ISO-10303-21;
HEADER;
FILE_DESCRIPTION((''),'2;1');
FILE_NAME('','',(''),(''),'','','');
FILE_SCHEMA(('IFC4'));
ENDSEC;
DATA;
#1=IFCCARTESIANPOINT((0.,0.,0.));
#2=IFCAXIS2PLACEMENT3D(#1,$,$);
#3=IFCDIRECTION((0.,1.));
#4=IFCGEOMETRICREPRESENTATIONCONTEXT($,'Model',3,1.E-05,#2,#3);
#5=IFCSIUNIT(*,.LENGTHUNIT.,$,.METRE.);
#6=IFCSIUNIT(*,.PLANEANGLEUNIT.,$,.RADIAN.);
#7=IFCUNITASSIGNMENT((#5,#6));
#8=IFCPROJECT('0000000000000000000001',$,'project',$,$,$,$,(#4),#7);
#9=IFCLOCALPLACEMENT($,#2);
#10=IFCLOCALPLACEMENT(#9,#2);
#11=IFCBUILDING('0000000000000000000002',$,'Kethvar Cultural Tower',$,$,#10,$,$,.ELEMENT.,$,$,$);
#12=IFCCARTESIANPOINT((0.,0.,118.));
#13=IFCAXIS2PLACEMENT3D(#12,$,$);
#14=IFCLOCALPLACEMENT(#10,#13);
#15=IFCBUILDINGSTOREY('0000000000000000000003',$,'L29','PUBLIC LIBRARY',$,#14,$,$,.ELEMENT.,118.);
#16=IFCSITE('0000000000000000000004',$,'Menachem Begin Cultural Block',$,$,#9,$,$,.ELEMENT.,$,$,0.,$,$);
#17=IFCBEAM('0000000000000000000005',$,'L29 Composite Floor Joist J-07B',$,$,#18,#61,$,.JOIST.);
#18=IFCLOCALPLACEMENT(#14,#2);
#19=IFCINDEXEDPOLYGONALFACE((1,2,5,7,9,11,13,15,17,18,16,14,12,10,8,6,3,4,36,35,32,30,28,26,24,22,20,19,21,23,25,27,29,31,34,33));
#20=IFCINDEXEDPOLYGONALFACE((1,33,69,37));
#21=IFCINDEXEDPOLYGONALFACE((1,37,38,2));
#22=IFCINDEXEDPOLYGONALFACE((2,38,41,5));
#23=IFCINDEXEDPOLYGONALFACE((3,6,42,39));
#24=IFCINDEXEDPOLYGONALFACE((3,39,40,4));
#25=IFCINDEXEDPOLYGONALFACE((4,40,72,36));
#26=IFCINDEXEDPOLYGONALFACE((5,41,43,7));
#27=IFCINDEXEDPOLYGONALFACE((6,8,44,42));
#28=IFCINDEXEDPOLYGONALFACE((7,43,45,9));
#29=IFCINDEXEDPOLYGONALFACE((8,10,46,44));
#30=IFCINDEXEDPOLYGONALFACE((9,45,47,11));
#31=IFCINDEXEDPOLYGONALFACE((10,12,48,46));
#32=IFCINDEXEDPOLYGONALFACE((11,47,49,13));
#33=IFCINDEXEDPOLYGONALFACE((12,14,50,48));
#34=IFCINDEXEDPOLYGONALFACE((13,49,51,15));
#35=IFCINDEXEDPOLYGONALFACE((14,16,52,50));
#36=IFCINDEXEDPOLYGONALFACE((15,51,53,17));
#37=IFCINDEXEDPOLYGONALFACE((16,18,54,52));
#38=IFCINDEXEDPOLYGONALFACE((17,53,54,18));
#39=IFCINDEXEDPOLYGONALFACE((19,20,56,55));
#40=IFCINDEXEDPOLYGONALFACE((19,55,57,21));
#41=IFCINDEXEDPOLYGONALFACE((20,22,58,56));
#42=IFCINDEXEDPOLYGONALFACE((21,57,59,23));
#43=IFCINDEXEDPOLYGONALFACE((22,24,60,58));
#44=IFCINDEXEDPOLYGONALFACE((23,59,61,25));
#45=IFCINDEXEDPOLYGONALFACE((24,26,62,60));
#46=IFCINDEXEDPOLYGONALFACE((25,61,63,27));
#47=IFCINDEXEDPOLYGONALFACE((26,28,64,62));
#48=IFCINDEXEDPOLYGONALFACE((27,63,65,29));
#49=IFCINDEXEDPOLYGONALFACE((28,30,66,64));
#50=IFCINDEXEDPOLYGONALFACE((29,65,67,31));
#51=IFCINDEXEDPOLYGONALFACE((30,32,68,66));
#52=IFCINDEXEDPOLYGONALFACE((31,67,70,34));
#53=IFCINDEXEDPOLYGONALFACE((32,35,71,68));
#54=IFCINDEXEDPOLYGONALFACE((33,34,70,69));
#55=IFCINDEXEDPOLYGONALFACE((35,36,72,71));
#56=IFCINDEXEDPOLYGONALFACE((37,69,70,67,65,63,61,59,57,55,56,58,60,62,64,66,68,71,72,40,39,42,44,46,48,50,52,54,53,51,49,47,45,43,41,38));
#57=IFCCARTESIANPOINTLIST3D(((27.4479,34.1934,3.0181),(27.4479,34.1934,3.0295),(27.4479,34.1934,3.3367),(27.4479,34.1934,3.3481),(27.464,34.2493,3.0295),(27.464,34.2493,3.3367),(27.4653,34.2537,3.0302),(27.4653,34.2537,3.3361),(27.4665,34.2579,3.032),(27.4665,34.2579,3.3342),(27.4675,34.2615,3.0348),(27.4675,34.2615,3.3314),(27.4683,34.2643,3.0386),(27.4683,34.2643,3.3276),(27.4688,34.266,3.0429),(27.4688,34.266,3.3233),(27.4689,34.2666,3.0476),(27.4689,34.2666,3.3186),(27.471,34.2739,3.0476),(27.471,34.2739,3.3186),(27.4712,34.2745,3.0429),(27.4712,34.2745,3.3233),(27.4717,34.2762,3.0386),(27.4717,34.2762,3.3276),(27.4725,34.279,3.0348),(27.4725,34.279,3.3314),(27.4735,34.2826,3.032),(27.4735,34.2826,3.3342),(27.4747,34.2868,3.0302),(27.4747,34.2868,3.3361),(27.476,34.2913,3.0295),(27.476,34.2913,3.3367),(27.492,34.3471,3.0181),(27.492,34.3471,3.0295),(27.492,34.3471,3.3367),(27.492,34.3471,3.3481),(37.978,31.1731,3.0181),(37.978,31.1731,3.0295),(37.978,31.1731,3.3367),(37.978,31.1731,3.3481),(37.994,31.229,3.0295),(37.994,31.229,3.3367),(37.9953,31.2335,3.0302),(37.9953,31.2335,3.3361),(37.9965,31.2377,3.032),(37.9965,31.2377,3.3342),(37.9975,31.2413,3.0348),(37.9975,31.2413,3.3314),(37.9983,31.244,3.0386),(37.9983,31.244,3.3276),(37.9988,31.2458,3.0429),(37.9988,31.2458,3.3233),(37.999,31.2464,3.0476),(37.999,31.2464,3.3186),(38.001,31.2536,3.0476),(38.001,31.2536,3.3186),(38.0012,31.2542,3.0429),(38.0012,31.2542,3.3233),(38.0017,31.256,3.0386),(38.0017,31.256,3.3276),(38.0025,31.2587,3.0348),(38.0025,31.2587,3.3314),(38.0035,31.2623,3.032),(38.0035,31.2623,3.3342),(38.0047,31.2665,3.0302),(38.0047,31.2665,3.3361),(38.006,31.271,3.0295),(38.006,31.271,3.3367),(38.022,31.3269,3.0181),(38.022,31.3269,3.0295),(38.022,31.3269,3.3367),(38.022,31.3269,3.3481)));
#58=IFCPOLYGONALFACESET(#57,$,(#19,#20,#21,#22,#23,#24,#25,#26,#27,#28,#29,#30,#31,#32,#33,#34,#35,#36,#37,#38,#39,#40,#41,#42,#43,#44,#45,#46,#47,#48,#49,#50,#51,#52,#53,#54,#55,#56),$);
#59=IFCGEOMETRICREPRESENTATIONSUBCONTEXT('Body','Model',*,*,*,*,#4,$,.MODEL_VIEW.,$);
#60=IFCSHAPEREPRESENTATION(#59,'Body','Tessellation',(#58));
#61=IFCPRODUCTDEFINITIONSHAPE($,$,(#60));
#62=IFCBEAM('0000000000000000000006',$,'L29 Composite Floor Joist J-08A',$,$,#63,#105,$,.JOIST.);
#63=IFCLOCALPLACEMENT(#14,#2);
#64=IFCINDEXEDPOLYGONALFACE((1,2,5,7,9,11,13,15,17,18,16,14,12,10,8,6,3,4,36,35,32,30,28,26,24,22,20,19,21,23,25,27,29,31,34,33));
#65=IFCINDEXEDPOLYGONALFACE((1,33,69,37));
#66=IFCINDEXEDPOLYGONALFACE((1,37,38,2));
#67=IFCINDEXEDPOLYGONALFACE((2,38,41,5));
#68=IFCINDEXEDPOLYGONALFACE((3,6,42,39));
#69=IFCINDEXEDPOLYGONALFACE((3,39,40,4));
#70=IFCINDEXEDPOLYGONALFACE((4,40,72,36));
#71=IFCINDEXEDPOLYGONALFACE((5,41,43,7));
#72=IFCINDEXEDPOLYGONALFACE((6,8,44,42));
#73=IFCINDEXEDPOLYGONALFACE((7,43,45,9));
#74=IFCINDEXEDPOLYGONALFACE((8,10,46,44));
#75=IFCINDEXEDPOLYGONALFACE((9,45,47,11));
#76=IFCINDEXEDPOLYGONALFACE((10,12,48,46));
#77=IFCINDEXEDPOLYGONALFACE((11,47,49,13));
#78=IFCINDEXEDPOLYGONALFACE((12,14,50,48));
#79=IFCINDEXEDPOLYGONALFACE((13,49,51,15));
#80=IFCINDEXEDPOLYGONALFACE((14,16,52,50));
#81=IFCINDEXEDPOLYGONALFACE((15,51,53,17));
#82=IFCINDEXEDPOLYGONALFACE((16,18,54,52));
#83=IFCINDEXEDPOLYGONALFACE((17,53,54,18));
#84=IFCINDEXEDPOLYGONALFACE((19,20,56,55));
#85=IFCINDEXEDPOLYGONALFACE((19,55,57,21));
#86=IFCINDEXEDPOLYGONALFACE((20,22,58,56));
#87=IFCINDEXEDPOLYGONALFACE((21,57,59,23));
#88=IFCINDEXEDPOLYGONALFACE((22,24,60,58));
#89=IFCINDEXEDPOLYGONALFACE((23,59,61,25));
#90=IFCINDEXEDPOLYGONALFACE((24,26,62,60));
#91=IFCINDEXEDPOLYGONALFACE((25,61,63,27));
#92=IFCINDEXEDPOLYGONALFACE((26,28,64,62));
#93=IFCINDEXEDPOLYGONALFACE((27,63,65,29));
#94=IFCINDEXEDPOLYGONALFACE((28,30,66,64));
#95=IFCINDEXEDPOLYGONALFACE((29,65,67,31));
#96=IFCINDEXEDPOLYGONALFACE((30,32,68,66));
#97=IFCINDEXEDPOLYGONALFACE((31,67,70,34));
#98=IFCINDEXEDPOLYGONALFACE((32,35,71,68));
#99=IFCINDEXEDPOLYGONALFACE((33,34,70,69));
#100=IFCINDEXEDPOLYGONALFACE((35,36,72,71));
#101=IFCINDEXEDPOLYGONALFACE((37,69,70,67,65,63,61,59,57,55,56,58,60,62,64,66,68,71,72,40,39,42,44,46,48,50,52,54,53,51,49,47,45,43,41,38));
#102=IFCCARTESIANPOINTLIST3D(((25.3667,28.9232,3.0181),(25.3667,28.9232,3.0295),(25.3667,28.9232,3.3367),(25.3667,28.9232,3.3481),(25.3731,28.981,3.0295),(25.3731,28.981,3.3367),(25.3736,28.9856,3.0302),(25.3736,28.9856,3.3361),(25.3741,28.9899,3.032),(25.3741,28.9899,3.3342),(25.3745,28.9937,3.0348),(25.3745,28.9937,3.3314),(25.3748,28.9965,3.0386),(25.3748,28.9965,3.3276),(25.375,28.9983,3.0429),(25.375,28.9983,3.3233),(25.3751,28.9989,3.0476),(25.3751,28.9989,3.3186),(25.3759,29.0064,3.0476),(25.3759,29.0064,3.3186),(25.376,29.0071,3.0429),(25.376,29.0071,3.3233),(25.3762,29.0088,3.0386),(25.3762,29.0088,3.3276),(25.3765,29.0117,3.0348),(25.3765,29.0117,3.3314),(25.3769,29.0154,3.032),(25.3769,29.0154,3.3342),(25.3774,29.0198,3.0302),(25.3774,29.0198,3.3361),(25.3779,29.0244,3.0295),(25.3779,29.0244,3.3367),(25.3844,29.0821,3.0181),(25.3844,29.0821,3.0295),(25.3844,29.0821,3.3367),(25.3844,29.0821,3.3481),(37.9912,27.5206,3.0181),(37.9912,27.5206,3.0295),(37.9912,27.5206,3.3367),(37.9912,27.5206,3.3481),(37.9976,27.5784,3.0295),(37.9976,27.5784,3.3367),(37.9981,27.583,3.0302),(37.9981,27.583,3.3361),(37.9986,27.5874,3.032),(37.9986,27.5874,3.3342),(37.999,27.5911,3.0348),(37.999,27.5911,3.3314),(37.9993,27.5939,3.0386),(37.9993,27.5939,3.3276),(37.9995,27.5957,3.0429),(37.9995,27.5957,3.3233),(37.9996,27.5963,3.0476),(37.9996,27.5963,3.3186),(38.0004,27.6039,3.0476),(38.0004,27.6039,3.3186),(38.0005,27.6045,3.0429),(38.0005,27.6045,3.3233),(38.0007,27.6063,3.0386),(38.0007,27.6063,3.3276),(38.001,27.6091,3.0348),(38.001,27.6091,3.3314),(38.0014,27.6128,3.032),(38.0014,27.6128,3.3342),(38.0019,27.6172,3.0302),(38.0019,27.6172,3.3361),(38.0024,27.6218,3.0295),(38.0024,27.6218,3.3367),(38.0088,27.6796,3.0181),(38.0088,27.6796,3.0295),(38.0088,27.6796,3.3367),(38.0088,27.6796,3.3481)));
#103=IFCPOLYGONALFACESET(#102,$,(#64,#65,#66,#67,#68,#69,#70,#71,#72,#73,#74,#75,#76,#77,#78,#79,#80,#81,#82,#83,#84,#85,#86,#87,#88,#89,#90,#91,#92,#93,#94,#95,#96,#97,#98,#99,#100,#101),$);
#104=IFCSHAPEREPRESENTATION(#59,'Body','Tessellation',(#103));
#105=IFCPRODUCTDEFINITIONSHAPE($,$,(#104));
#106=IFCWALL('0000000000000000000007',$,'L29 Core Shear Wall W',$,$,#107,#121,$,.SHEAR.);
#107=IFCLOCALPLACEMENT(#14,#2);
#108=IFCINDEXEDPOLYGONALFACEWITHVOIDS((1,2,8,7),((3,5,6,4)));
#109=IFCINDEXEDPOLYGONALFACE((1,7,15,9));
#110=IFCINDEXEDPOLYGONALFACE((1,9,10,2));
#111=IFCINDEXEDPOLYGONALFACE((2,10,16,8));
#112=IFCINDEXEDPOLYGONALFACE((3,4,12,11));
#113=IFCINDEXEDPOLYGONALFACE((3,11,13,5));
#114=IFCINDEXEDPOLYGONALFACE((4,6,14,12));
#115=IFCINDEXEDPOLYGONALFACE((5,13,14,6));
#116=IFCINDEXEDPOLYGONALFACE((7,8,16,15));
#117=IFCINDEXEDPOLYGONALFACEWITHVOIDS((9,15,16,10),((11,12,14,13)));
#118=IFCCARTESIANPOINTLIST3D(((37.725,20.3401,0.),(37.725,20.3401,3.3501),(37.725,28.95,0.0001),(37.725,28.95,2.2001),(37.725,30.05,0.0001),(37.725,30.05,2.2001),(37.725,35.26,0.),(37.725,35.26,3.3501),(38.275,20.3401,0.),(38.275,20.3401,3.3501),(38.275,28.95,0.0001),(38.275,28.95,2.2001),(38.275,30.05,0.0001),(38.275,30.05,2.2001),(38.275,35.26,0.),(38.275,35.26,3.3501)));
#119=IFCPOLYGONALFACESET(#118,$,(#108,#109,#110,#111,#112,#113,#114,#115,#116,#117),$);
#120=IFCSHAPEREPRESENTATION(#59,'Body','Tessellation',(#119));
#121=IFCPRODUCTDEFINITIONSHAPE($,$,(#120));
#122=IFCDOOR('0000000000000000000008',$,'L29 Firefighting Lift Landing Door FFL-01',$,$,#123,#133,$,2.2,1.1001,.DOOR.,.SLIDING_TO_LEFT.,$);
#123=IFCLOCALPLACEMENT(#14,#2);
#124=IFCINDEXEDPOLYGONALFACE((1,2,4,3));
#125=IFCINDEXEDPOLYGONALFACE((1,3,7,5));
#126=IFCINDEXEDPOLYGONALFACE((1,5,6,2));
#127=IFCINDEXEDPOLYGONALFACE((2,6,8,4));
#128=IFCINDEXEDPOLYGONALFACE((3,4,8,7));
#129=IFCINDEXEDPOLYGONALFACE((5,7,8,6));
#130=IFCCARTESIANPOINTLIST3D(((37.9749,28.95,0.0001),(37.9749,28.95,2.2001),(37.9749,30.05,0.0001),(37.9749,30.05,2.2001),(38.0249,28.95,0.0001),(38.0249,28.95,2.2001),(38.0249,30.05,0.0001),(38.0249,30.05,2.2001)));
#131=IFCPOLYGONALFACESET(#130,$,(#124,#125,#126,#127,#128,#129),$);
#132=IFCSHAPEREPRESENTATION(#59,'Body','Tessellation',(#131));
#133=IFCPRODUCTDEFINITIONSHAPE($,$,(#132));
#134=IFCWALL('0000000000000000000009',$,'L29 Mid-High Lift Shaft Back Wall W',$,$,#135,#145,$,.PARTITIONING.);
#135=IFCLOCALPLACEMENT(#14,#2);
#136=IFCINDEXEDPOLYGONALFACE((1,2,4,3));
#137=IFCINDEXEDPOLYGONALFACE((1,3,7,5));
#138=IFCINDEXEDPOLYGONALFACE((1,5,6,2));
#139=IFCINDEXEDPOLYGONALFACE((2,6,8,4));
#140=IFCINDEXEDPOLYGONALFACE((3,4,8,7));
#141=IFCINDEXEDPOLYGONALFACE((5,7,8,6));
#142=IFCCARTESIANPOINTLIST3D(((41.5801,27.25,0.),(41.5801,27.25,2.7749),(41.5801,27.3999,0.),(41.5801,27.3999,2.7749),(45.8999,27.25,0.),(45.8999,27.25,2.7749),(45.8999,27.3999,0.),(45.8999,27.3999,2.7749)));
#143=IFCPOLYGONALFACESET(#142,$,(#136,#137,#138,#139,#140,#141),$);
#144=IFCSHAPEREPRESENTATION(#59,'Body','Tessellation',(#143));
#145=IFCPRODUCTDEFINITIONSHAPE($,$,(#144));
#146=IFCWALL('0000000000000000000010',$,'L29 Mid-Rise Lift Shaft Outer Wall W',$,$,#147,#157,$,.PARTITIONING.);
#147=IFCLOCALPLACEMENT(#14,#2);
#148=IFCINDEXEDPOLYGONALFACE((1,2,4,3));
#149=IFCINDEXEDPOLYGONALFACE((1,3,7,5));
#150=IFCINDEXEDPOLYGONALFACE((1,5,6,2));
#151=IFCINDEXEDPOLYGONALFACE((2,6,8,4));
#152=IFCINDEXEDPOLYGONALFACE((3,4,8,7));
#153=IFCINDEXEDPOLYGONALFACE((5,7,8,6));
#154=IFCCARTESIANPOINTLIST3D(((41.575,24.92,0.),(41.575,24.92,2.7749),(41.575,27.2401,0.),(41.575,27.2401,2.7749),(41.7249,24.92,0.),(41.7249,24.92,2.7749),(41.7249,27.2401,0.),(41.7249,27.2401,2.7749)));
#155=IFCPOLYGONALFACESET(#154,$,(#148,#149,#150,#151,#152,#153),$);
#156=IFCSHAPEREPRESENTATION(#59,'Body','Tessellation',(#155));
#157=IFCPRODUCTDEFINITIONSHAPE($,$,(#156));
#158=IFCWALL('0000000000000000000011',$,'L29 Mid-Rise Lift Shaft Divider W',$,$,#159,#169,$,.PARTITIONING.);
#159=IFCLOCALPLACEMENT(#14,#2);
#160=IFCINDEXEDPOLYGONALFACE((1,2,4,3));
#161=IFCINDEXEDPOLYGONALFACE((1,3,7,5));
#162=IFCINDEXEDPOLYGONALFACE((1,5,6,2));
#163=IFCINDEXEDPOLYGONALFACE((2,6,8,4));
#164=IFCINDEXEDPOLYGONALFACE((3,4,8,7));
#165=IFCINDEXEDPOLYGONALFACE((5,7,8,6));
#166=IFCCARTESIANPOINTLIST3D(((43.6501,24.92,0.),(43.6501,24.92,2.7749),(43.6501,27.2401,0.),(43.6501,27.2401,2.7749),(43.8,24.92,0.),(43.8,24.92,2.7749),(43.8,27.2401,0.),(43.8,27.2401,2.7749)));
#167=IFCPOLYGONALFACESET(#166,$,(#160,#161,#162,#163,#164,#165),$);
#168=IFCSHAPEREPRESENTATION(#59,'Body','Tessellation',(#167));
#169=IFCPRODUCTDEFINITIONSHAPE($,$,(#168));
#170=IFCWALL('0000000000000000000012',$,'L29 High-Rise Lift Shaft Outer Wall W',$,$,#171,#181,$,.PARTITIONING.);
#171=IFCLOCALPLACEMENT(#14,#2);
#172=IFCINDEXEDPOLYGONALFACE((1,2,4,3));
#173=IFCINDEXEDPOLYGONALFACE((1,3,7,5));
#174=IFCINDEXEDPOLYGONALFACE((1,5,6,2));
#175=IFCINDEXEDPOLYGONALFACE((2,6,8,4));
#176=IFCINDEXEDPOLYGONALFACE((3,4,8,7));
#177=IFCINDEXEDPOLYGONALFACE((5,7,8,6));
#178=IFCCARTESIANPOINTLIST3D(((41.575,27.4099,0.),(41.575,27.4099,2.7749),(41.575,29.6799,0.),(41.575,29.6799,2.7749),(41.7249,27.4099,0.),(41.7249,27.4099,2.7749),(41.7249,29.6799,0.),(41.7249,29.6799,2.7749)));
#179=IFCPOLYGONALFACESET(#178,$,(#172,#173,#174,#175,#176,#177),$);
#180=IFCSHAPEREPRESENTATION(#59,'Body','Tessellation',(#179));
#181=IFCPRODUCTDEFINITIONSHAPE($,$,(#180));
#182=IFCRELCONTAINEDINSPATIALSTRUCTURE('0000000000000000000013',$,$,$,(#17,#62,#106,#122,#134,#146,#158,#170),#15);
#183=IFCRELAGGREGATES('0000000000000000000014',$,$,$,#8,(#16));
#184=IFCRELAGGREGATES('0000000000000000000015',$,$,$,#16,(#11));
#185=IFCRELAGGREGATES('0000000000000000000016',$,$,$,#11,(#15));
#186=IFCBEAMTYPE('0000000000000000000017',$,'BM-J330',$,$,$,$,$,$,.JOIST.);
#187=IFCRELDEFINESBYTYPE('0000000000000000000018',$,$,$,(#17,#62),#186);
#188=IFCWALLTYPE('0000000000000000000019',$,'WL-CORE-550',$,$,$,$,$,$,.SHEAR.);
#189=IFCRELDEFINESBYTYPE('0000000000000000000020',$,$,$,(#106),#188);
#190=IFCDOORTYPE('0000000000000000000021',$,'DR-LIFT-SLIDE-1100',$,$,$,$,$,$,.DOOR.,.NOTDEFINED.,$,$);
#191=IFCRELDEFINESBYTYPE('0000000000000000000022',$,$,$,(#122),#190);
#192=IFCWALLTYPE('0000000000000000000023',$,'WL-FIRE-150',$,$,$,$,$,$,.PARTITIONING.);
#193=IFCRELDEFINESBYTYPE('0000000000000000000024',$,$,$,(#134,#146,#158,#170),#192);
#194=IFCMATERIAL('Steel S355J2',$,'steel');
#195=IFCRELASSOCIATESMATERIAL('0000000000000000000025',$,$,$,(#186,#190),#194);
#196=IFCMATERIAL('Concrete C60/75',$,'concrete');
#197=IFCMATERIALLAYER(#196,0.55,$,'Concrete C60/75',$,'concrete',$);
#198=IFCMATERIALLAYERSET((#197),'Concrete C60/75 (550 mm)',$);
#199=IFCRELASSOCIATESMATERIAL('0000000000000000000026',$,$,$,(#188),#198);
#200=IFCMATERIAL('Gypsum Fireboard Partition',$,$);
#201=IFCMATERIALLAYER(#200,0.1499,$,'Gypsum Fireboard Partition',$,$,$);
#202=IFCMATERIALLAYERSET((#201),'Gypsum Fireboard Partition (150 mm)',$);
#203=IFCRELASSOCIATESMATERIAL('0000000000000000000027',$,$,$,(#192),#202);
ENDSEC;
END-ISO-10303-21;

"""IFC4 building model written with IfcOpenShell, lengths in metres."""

from ifc_helpers import new_model, si_unit, direction, frame, frame_2d, origin, origin_2d, place, context, subcontext, project, spatial, rectangle, i_section, extrude, source, transform, mapped, material, layer, layer_set, material_profile, profile_set, type_object, element, fill, save


model = new_model("IFC4")

# Units and contexts
model_context = context("Model", 3, precision=1e-05, world=origin(), true_north=direction((0.0, 1.0)))
body_context = subcontext(model_context, "Body", "Model", "MODEL_VIEW")
ifc_project = project(units=[si_unit("LENGTHUNIT", "METRE"), si_unit("PLANEANGLEUNIT", "RADIAN")], contexts=[model_context])

# Site, building, storey
site_placement = place(None, origin())
site = spatial("IfcSite", under=ifc_project, at=site_placement, Name="Menachem Begin Cultural Block", CompositionType="ELEMENT", RefElevation=0.0)
building_placement = place(site_placement, origin())
building = spatial("IfcBuilding", under=site, at=building_placement, Name="Kethvar Cultural Tower", CompositionType="ELEMENT")
storey_placement = place(building_placement, frame((0.0, 0.0, 118.0)))
storey = spatial("IfcBuildingStorey", under=building, at=storey_placement, Name="L29", Description="PUBLIC LIBRARY", CompositionType="ELEMENT", Elevation=118.0)

# Beams
ifc_material_1 = material(Name="Steel S355J2", Category="steel")
ifc_material_profile_1 = material_profile(ifc_material_1, i_section(OverallWidth=0.1599, OverallDepth=0.3301, WebThickness=0.0076, FlangeThickness=0.0115, FilletRadius=0.0181, at=origin_2d()), Name="Steel S355J2 — IPE330")
ifc_profile_set_1 = profile_set([ifc_material_profile_1], Name="Steel S355J2 — IPE330")
beam_type_1 = type_object("IfcBeamType", Name="BM-J330", PredefinedType="JOIST", material=ifc_profile_set_1)
shared_shape_1 = source(origin(), body_context, "Body", "SweptSolid", [
    extrude(i_section(OverallWidth=0.1599, OverallDepth=0.3301, WebThickness=0.0076, FlangeThickness=0.0115, FilletRadius=0.0181, at=origin_2d()), origin(), (0.0, 0.0, 1.0), 10.9546),
])
beam_1_placement = place(storey_placement, frame((38.0, 31.25, 3.1831), z_axis=(-0.961242, 0.275707, 0.0), x_axis=(-0.275707, -0.961242, 0.0)))
element("IfcBeam", 1, at=beam_1_placement, inside=storey, type_object=beam_type_1, Name="L29 Composite Floor Joist J-07B", PredefinedType="JOIST", context=body_context, shape_type="MappedRepresentation", body=[
    mapped(shared_shape_1, transform((0.0, 0.0, 0.0), scale=1.0)),
])
shared_shape_2 = source(origin(), body_context, "Body", "SweptSolid", [
    extrude(i_section(OverallWidth=0.1599, OverallDepth=0.3301, WebThickness=0.0076, FlangeThickness=0.0115, FilletRadius=0.0181, at=origin_2d()), origin(), (0.0, 0.0, 1.0), 12.7021),
])
beam_2_placement = place(storey_placement, frame((38.0, 27.6001, 3.1831), z_axis=(-0.993885, 0.110421, 0.0), x_axis=(-0.110421, -0.993885, 0.0)))
element("IfcBeam", 2, at=beam_2_placement, inside=storey, type_object=beam_type_1, Name="L29 Composite Floor Joist J-08A", PredefinedType="JOIST", context=body_context, shape_type="MappedRepresentation", body=[
    mapped(shared_shape_2, transform((0.0, 0.0, 0.0), scale=1.0)),
])

# Wall, opening, door
ifc_material_2 = material(Name="Concrete C60/75", Category="concrete")
ifc_layer_1 = layer(ifc_material_2, 0.55, Name="Concrete C60/75", Category="concrete")
ifc_layer_set_1 = layer_set([ifc_layer_1], Name="Concrete C60/75 (550 mm)")
wall_type_1 = type_object("IfcWallType", Name="WL-CORE-550", PredefinedType="SHEAR", material=ifc_layer_set_1)
wall_1_placement = place(storey_placement, frame((38.0, 35.26, 0.0), z_axis=(0.0, 0.0, 1.0), x_axis=(0.0, -1.0, 0.0)))
wall_1 = element("IfcWall", 3, at=wall_1_placement, inside=storey, type_object=wall_type_1, Name="L29 Core Shear Wall W", PredefinedType="SHEAR", context=body_context, shape_type="SweptSolid", body=[
    extrude(rectangle(XDim=14.9199, YDim=0.55, at=frame_2d((7.46, 0.0))), origin(), (0.0, 0.0, 1.0), 3.3501),
])
opening_placement = place(wall_1_placement, frame((5.21, 0.0, 0.0)))
opening = element("IfcOpeningElement", 4, at=opening_placement, cuts=wall_1, PredefinedType="OPENING", context=body_context, shape_type="SweptSolid", body=[
    extrude(rectangle(XDim=1.1001, YDim=2.2, at=frame_2d((0.55, 1.1001))), frame((0.0, 0.2849, 0.0), z_axis=(0.0, -1.0, 0.0), x_axis=(1.0, 0.0, 0.0)), (0.0, 0.0, 1.0), 0.5701),
])
door_type = type_object("IfcDoorType", Name="DR-LIFT-SLIDE-1100", OperationType="NOTDEFINED", PredefinedType="DOOR", material=ifc_material_1)
shared_shape_3 = source(origin(), body_context, "Body", "SweptSolid", [
    extrude(rectangle(XDim=1.1001, YDim=2.2, at=frame_2d((0.55, 1.1001))), frame((0.0, 0.0249, 0.0), z_axis=(0.0, -1.0, 0.0), x_axis=(1.0, 0.0, 0.0)), (0.0, 0.0, 1.0), 0.05),
])
door_placement = place(opening_placement, origin())
door = element("IfcDoor", 5, at=door_placement, inside=storey, type_object=door_type, Name="L29 Firefighting Lift Landing Door FFL-01", OperationType="SLIDING_TO_LEFT", OverallHeight=2.2, OverallWidth=1.1001, PredefinedType="DOOR", context=body_context, shape_type="MappedRepresentation", body=[
    mapped(shared_shape_3, transform((0.0, 0.0, 0.0), scale=1.0)),
])
fill(opening, door)

# Walls
ifc_material_3 = material(Name="Gypsum Fireboard Partition")
ifc_layer_2 = layer(ifc_material_3, 0.1499, Name="Gypsum Fireboard Partition")
ifc_layer_set_2 = layer_set([ifc_layer_2], Name="Gypsum Fireboard Partition (150 mm)")
wall_type_2 = type_object("IfcWallType", Name="WL-FIRE-150", PredefinedType="PARTITIONING", material=ifc_layer_set_2)
wall_2_placement = place(storey_placement, frame((41.5801, 27.325, 0.0), z_axis=(0.0, 0.0, 1.0), x_axis=(1.0, 0.0, 0.0)))
element("IfcWall", 6, at=wall_2_placement, inside=storey, type_object=wall_type_2, Name="L29 Mid-High Lift Shaft Back Wall W", PredefinedType="PARTITIONING", context=body_context, shape_type="SweptSolid", body=[
    extrude(rectangle(XDim=4.3198, YDim=0.1499, at=frame_2d((2.1599, 0.0))), origin(), (0.0, 0.0, 1.0), 2.7749),
])
for number, where, z_axis, x_axis, name in (
    (7, (41.6499, 24.9199, 0.0), (0.0, 0.0, 1.0), (0.0, 1.0, 0.0), "L29 Mid-Rise Lift Shaft Outer Wall W"),
    (8, (43.7251, 24.9199, 0.0), (0.0, 0.0, 1.0), (0.0, 1.0, 0.0), "L29 Mid-Rise Lift Shaft Divider W"),
):
    element("IfcWall", number, at=place(storey_placement, frame(where, z_axis=z_axis, x_axis=x_axis)), inside=storey, type_object=wall_type_2, Name=name, PredefinedType="PARTITIONING", context=body_context, shape_type="SweptSolid", body=[
        extrude(rectangle(XDim=2.3201, YDim=0.1499, at=frame_2d((1.1602, 0.0))), origin(), (0.0, 0.0, 1.0), 2.7749),
    ])
for number, where, z_axis, x_axis, name in (
    (9, (41.6499, 27.4099, 0.0), (0.0, 0.0, 1.0), (0.0, 1.0, 0.0), "L29 High-Rise Lift Shaft Outer Wall W"),
):
    element("IfcWall", number, at=place(storey_placement, frame(where, z_axis=z_axis, x_axis=x_axis)), inside=storey, type_object=wall_type_2, Name=name, PredefinedType="PARTITIONING", context=body_context, shape_type="SweptSolid", body=[
        extrude(rectangle(XDim=2.27, YDim=0.1499, at=frame_2d((1.135, 0.0))), origin(), (0.0, 0.0, 1.0), 2.7749),
    ])

save(model, "model.ifc")
